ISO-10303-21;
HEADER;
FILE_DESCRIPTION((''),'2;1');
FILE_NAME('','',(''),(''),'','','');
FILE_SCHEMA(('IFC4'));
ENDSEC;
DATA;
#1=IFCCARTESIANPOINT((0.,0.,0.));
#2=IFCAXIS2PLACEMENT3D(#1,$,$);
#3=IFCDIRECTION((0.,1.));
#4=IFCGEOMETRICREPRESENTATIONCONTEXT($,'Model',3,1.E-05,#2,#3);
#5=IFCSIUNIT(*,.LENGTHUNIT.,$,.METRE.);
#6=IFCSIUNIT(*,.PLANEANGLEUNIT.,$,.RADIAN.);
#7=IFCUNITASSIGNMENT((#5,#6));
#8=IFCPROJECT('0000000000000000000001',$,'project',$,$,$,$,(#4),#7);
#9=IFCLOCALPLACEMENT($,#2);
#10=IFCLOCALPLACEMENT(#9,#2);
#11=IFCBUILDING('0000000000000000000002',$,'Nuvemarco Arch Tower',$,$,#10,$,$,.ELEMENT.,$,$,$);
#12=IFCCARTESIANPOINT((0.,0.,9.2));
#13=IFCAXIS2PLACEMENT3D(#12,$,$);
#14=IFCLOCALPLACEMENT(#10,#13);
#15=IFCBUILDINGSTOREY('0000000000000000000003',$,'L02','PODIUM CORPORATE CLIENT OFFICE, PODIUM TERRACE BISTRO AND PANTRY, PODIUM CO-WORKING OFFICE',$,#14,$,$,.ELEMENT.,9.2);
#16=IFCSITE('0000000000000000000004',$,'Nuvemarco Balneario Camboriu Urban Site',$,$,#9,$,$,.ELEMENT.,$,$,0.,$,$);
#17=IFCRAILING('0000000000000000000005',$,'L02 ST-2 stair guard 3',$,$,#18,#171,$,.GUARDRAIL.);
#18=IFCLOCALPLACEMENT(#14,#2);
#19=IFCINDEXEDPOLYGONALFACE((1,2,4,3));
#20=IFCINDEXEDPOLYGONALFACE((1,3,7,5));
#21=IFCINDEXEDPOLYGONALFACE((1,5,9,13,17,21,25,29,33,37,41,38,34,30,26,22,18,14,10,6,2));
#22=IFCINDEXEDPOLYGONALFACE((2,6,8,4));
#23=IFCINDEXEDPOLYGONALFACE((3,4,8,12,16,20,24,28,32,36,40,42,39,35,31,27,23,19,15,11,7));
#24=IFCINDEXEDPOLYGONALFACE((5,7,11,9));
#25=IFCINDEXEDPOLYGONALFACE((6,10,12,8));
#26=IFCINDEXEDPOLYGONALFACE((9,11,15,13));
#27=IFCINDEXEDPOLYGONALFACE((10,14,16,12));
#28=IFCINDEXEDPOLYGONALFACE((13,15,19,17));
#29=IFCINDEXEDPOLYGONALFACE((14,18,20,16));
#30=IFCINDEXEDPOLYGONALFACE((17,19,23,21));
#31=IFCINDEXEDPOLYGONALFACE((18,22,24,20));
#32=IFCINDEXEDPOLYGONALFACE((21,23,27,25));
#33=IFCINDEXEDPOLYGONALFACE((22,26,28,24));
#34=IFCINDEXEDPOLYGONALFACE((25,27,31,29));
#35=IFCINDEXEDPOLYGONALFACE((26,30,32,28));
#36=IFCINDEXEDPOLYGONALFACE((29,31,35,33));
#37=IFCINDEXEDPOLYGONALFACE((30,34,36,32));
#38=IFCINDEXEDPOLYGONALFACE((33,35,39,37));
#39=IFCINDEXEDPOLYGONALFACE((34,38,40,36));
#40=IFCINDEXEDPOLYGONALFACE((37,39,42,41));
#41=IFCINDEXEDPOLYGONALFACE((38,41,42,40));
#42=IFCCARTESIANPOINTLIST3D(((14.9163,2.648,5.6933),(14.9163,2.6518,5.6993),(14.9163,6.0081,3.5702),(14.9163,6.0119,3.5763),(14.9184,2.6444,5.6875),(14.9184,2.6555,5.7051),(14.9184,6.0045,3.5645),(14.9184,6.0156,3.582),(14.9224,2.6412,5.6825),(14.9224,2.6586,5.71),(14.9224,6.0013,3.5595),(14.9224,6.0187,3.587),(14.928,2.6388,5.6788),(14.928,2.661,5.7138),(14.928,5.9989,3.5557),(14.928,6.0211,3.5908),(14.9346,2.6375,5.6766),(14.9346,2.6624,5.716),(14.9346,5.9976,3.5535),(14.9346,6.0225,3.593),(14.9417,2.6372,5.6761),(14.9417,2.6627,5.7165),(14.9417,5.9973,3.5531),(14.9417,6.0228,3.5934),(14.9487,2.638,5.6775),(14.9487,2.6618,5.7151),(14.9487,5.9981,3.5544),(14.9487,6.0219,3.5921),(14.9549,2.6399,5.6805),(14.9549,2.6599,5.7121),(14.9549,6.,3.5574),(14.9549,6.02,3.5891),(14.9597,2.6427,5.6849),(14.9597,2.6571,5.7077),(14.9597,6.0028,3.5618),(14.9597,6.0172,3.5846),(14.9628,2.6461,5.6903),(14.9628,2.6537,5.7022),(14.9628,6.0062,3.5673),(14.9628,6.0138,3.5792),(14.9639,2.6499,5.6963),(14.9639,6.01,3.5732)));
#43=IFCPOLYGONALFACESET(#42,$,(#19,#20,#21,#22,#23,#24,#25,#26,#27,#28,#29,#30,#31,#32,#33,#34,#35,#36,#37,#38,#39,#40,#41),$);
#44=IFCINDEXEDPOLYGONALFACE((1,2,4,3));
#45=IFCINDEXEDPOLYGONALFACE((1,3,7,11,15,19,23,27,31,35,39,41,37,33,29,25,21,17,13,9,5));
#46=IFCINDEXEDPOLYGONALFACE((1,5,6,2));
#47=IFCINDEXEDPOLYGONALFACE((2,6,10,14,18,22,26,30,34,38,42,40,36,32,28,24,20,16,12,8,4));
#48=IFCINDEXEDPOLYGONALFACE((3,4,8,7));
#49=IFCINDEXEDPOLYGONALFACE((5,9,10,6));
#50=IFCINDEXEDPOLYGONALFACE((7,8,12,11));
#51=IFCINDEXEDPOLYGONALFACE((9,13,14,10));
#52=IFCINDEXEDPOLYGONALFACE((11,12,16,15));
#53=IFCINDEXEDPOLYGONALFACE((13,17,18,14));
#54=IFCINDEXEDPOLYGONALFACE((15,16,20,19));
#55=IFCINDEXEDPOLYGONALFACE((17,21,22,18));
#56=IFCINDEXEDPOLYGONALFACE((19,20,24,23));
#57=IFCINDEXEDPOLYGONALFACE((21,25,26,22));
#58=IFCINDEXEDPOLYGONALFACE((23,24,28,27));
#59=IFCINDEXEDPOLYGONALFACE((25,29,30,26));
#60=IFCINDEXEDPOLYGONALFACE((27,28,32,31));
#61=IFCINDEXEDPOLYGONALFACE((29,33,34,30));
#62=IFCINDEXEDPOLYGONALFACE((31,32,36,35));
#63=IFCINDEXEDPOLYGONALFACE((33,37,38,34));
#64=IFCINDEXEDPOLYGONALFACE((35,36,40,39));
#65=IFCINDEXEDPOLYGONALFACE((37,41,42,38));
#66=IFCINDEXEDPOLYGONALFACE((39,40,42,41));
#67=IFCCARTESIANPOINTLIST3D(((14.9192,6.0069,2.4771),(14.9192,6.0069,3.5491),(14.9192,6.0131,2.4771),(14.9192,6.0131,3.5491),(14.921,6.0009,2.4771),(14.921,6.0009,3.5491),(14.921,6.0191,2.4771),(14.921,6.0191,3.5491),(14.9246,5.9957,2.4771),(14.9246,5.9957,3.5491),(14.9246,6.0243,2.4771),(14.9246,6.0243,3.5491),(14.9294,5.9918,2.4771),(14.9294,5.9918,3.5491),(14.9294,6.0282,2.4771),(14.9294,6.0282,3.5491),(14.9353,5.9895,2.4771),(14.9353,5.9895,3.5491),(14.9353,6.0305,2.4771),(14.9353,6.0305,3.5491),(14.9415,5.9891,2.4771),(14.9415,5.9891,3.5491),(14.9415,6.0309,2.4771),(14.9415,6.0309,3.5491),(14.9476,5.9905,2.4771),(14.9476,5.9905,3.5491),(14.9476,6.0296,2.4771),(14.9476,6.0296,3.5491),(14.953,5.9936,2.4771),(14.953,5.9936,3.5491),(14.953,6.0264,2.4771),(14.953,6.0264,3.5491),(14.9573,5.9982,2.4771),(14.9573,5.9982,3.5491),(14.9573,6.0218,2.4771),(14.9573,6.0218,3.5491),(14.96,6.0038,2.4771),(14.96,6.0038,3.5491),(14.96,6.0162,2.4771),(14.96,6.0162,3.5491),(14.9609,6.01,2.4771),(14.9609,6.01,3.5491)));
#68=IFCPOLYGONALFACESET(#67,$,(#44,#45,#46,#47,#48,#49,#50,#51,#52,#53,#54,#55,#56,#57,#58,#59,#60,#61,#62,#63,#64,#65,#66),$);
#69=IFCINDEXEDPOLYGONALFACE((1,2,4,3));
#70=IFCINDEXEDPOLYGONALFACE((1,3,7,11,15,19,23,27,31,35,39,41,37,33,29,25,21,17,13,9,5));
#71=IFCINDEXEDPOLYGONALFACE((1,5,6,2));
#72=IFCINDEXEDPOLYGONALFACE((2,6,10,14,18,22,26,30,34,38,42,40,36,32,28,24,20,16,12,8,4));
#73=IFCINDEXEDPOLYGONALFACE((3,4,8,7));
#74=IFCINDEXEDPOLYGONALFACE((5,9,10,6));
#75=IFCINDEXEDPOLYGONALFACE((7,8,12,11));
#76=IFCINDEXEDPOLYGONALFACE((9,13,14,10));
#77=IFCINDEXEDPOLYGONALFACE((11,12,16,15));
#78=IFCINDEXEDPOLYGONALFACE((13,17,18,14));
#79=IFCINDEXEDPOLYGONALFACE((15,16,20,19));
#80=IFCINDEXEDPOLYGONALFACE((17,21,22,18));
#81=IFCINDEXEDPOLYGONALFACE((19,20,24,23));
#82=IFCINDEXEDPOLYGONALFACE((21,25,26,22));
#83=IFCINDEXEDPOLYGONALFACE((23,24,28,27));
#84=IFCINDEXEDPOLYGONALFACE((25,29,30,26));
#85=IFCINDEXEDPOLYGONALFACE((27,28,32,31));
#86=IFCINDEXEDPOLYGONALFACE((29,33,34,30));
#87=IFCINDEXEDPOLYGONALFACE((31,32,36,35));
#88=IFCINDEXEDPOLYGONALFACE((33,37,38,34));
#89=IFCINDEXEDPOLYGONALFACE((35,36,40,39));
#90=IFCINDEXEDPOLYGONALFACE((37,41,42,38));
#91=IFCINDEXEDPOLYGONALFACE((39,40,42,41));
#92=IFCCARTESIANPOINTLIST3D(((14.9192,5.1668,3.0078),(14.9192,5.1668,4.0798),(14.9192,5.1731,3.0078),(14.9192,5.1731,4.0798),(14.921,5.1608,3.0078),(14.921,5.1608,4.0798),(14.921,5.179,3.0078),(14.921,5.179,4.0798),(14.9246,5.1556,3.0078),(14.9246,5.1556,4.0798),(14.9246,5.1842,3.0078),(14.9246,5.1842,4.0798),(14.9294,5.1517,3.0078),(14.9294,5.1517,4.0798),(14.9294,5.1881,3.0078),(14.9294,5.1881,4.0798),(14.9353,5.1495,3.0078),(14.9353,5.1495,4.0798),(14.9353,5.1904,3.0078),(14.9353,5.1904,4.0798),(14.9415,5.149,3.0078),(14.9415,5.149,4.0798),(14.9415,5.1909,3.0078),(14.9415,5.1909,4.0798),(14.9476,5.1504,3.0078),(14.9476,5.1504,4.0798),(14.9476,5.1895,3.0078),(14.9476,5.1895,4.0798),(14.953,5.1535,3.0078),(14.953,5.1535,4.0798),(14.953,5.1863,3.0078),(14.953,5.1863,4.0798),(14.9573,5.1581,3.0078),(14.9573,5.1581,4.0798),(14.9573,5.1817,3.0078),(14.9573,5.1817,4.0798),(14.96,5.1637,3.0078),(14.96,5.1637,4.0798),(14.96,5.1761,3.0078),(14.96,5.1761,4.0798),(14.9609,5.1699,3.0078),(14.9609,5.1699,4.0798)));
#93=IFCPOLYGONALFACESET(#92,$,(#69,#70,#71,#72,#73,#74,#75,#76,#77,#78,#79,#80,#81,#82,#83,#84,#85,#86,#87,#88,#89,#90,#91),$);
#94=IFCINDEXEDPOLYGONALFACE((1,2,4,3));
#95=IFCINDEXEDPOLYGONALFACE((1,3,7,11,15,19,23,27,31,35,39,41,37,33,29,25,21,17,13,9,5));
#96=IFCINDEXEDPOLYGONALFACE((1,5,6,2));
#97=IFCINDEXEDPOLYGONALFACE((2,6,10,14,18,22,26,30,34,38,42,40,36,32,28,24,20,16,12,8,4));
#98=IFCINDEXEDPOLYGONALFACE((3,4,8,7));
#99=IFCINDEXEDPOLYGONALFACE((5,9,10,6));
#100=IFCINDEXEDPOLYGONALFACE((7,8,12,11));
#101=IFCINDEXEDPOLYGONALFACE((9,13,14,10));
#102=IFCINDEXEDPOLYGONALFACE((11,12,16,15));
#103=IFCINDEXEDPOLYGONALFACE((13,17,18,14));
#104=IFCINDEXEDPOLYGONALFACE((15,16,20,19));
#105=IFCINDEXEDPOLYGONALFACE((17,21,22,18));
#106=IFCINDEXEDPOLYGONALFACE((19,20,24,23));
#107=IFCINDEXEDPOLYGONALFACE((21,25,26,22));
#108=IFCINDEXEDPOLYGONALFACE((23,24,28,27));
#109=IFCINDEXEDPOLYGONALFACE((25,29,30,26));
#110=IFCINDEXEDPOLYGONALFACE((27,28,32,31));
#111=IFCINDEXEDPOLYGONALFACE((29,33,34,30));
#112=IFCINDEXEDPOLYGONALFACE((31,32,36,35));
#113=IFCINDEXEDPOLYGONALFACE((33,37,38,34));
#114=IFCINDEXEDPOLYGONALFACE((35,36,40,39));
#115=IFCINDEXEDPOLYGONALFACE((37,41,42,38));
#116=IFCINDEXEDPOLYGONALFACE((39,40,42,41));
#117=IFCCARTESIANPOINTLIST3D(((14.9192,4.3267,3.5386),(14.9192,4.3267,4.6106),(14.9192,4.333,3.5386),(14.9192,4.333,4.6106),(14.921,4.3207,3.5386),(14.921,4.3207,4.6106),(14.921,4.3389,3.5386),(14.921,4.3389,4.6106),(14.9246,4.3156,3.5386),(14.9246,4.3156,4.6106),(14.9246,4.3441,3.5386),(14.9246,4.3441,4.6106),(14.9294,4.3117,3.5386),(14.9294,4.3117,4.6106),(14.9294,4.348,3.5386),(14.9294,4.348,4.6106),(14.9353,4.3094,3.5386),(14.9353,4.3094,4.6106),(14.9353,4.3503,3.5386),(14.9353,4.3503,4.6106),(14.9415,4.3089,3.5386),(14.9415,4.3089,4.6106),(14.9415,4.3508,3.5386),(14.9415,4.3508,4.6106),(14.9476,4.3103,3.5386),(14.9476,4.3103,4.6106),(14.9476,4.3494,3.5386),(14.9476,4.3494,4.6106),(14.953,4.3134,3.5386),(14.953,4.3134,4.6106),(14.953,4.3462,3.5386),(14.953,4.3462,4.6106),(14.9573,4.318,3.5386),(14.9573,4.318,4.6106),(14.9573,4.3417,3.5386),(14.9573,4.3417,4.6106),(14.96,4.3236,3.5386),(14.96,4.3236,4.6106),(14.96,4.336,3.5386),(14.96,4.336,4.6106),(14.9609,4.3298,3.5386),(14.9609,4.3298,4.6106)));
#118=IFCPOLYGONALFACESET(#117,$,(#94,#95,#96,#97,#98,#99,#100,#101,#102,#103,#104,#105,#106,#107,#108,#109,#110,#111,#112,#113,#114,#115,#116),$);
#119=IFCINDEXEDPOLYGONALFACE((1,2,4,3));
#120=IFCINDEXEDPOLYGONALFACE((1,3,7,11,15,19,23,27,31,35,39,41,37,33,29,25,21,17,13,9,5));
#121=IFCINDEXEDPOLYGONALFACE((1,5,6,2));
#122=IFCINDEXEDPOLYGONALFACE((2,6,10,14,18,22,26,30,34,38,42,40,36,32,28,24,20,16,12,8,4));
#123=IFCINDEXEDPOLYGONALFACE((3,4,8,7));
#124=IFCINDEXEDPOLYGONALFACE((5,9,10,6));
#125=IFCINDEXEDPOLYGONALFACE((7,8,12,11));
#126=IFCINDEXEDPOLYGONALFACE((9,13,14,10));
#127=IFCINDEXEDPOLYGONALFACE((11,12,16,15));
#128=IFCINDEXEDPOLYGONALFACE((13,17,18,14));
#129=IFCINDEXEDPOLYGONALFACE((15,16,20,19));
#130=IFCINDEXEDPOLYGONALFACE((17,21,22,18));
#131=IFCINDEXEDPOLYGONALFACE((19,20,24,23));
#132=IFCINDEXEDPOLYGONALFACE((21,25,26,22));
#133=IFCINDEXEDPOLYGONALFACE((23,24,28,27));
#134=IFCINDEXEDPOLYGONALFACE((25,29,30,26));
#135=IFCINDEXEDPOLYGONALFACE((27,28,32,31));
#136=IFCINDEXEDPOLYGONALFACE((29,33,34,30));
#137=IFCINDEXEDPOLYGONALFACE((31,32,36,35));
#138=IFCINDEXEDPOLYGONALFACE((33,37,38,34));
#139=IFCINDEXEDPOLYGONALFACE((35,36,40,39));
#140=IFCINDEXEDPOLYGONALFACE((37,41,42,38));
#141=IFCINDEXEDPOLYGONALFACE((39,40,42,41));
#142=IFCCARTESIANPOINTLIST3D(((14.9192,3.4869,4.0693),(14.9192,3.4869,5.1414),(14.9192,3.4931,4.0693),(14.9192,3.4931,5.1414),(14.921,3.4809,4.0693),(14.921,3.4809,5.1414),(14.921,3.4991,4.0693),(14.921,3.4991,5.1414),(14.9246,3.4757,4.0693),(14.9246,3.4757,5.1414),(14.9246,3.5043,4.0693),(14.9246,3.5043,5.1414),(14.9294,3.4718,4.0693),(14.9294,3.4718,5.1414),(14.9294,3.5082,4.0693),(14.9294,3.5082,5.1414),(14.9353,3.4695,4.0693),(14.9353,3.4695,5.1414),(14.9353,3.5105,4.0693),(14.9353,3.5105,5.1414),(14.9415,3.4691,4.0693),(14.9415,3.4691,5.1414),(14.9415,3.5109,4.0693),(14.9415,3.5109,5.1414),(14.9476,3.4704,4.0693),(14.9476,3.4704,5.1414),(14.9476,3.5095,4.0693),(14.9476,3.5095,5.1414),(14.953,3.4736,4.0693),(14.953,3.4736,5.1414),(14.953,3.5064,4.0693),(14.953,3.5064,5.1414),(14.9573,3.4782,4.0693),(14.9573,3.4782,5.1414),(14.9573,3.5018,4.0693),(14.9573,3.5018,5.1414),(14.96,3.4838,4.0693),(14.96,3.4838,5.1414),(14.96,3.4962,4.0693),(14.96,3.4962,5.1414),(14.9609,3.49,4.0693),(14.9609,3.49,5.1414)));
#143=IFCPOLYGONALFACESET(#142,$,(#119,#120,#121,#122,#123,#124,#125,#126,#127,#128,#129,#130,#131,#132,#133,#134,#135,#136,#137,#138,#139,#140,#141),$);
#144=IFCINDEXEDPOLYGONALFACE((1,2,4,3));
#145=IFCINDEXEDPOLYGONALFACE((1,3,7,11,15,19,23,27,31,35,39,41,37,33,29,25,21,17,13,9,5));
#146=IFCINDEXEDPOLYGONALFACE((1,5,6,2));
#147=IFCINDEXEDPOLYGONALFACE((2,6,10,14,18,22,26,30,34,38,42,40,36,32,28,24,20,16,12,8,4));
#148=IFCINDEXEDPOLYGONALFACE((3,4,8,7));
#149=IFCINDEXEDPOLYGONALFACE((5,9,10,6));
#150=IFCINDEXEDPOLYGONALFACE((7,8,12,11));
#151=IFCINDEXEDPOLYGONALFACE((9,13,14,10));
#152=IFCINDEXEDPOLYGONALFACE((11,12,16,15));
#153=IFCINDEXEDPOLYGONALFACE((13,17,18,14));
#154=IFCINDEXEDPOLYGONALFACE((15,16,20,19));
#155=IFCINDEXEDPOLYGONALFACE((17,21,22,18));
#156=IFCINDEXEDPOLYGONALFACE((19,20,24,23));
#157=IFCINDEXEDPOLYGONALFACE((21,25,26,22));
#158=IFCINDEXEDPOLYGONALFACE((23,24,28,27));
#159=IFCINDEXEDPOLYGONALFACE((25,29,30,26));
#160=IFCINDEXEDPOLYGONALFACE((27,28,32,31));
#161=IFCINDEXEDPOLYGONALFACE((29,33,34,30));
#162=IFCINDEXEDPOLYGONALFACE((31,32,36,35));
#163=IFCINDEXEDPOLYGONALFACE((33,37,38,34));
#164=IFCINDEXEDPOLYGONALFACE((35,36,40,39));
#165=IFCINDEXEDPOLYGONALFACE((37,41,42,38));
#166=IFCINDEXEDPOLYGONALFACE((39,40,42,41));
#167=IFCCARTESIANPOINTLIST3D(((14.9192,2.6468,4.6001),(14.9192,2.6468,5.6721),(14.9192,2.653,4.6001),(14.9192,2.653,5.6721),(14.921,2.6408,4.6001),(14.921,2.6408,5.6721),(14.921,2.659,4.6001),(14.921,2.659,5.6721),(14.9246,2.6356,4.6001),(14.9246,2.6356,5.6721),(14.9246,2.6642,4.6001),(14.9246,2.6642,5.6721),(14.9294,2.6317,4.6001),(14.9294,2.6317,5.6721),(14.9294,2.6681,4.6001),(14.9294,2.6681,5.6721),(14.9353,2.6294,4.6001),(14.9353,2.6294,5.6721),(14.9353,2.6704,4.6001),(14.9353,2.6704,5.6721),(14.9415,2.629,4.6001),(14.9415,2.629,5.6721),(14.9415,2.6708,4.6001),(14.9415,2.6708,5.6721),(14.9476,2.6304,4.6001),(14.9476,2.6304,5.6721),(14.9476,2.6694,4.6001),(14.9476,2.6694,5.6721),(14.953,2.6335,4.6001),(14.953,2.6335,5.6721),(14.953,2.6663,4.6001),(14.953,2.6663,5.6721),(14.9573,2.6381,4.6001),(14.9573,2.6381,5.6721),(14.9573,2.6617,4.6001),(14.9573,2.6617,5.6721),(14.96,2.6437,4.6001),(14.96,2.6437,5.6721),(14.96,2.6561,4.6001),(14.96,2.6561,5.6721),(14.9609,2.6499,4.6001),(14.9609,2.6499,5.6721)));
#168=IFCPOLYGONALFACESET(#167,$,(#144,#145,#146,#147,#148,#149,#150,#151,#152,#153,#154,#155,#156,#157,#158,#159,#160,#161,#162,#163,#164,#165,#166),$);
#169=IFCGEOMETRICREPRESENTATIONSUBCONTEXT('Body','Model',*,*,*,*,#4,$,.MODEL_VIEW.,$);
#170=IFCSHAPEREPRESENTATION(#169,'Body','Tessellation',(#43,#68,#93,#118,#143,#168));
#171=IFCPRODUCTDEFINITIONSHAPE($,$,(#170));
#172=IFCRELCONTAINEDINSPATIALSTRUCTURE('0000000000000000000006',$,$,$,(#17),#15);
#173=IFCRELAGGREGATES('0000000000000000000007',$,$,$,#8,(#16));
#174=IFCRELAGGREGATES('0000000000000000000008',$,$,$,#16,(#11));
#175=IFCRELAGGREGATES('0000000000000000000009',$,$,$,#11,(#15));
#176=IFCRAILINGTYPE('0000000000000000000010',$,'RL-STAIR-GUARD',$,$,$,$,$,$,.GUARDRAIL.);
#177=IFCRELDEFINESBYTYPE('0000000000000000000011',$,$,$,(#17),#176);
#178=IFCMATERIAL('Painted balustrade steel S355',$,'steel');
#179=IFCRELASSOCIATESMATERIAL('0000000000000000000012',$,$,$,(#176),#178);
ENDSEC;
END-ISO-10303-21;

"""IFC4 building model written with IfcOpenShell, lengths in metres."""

from ifc_helpers import new_model, si_unit, direction, frame, origin, origin_2d, place, context, subcontext, project, spatial, circle, extrude, material, type_object, element, save


model = new_model("IFC4")

# Units and contexts
model_context = context("Model", 3, precision=1e-05, world=origin(), true_north=direction((0.0, 1.0)))
body_context = subcontext(model_context, "Body", "Model", "MODEL_VIEW")
ifc_project = project(units=[si_unit("LENGTHUNIT", "METRE"), si_unit("PLANEANGLEUNIT", "RADIAN")], contexts=[model_context])

# Site, building, storey
site_placement = place(None, origin())
site = spatial("IfcSite", under=ifc_project, at=site_placement, Name="Nuvemarco Balneario Camboriu Urban Site", CompositionType="ELEMENT", RefElevation=0.0)
building_placement = place(site_placement, origin())
building = spatial("IfcBuilding", under=site, at=building_placement, Name="Nuvemarco Arch Tower", CompositionType="ELEMENT")
storey_placement = place(building_placement, frame((0.0, 0.0, 9.2)))
storey = spatial("IfcBuildingStorey", under=building, at=storey_placement, Name="L02", Description="PODIUM CORPORATE CLIENT OFFICE, PODIUM TERRACE BISTRO AND PANTRY, PODIUM CO-WORKING OFFICE", CompositionType="ELEMENT", Elevation=9.2)

# Railing
ifc_material_1 = material(Name="Painted balustrade steel S355", Category="steel")
railing_type_1 = type_object("IfcRailingType", Name="RL-STAIR-GUARD", PredefinedType="GUARDRAIL", material=ifc_material_1)
railing_1_placement = place(storey_placement, frame((14.9399, 6.01, 2.4771)))
element("IfcRailing", 1, at=railing_1_placement, inside=storey, type_object=railing_type_1, Name="L02 ST-2 stair guard 3", PredefinedType="GUARDRAIL", context=body_context, shape_type="SweptSolid", body=[
    extrude(circle(Radius=0.0239, at=origin_2d()), frame((0.0, 0.0, 1.0962), z_axis=(0.0, -0.84539, 0.53415), x_axis=(1.0, 0.0, 0.0)), (0.0, 0.0, 1.0), 3.9746),
    extrude(circle(Radius=0.021, at=origin_2d()), origin(), (0.0, 0.0, 1.0), 1.072),
    extrude(circle(Radius=0.021, at=origin_2d()), frame((0.0, -0.8401, 0.5308)), (0.0, 0.0, 1.0), 1.072),
    extrude(circle(Radius=0.021, at=origin_2d()), frame((0.0, -1.6802, 1.0615)), (0.0, 0.0, 1.0), 1.072),
    extrude(circle(Radius=0.021, at=origin_2d()), frame((0.0, -2.52, 1.5923)), (0.0, 0.0, 1.0), 1.072),
    extrude(circle(Radius=0.021, at=origin_2d()), frame((0.0, -3.3601, 2.123)), (0.0, 0.0, 1.0), 1.072),
])

save(model, "model.ifc")
